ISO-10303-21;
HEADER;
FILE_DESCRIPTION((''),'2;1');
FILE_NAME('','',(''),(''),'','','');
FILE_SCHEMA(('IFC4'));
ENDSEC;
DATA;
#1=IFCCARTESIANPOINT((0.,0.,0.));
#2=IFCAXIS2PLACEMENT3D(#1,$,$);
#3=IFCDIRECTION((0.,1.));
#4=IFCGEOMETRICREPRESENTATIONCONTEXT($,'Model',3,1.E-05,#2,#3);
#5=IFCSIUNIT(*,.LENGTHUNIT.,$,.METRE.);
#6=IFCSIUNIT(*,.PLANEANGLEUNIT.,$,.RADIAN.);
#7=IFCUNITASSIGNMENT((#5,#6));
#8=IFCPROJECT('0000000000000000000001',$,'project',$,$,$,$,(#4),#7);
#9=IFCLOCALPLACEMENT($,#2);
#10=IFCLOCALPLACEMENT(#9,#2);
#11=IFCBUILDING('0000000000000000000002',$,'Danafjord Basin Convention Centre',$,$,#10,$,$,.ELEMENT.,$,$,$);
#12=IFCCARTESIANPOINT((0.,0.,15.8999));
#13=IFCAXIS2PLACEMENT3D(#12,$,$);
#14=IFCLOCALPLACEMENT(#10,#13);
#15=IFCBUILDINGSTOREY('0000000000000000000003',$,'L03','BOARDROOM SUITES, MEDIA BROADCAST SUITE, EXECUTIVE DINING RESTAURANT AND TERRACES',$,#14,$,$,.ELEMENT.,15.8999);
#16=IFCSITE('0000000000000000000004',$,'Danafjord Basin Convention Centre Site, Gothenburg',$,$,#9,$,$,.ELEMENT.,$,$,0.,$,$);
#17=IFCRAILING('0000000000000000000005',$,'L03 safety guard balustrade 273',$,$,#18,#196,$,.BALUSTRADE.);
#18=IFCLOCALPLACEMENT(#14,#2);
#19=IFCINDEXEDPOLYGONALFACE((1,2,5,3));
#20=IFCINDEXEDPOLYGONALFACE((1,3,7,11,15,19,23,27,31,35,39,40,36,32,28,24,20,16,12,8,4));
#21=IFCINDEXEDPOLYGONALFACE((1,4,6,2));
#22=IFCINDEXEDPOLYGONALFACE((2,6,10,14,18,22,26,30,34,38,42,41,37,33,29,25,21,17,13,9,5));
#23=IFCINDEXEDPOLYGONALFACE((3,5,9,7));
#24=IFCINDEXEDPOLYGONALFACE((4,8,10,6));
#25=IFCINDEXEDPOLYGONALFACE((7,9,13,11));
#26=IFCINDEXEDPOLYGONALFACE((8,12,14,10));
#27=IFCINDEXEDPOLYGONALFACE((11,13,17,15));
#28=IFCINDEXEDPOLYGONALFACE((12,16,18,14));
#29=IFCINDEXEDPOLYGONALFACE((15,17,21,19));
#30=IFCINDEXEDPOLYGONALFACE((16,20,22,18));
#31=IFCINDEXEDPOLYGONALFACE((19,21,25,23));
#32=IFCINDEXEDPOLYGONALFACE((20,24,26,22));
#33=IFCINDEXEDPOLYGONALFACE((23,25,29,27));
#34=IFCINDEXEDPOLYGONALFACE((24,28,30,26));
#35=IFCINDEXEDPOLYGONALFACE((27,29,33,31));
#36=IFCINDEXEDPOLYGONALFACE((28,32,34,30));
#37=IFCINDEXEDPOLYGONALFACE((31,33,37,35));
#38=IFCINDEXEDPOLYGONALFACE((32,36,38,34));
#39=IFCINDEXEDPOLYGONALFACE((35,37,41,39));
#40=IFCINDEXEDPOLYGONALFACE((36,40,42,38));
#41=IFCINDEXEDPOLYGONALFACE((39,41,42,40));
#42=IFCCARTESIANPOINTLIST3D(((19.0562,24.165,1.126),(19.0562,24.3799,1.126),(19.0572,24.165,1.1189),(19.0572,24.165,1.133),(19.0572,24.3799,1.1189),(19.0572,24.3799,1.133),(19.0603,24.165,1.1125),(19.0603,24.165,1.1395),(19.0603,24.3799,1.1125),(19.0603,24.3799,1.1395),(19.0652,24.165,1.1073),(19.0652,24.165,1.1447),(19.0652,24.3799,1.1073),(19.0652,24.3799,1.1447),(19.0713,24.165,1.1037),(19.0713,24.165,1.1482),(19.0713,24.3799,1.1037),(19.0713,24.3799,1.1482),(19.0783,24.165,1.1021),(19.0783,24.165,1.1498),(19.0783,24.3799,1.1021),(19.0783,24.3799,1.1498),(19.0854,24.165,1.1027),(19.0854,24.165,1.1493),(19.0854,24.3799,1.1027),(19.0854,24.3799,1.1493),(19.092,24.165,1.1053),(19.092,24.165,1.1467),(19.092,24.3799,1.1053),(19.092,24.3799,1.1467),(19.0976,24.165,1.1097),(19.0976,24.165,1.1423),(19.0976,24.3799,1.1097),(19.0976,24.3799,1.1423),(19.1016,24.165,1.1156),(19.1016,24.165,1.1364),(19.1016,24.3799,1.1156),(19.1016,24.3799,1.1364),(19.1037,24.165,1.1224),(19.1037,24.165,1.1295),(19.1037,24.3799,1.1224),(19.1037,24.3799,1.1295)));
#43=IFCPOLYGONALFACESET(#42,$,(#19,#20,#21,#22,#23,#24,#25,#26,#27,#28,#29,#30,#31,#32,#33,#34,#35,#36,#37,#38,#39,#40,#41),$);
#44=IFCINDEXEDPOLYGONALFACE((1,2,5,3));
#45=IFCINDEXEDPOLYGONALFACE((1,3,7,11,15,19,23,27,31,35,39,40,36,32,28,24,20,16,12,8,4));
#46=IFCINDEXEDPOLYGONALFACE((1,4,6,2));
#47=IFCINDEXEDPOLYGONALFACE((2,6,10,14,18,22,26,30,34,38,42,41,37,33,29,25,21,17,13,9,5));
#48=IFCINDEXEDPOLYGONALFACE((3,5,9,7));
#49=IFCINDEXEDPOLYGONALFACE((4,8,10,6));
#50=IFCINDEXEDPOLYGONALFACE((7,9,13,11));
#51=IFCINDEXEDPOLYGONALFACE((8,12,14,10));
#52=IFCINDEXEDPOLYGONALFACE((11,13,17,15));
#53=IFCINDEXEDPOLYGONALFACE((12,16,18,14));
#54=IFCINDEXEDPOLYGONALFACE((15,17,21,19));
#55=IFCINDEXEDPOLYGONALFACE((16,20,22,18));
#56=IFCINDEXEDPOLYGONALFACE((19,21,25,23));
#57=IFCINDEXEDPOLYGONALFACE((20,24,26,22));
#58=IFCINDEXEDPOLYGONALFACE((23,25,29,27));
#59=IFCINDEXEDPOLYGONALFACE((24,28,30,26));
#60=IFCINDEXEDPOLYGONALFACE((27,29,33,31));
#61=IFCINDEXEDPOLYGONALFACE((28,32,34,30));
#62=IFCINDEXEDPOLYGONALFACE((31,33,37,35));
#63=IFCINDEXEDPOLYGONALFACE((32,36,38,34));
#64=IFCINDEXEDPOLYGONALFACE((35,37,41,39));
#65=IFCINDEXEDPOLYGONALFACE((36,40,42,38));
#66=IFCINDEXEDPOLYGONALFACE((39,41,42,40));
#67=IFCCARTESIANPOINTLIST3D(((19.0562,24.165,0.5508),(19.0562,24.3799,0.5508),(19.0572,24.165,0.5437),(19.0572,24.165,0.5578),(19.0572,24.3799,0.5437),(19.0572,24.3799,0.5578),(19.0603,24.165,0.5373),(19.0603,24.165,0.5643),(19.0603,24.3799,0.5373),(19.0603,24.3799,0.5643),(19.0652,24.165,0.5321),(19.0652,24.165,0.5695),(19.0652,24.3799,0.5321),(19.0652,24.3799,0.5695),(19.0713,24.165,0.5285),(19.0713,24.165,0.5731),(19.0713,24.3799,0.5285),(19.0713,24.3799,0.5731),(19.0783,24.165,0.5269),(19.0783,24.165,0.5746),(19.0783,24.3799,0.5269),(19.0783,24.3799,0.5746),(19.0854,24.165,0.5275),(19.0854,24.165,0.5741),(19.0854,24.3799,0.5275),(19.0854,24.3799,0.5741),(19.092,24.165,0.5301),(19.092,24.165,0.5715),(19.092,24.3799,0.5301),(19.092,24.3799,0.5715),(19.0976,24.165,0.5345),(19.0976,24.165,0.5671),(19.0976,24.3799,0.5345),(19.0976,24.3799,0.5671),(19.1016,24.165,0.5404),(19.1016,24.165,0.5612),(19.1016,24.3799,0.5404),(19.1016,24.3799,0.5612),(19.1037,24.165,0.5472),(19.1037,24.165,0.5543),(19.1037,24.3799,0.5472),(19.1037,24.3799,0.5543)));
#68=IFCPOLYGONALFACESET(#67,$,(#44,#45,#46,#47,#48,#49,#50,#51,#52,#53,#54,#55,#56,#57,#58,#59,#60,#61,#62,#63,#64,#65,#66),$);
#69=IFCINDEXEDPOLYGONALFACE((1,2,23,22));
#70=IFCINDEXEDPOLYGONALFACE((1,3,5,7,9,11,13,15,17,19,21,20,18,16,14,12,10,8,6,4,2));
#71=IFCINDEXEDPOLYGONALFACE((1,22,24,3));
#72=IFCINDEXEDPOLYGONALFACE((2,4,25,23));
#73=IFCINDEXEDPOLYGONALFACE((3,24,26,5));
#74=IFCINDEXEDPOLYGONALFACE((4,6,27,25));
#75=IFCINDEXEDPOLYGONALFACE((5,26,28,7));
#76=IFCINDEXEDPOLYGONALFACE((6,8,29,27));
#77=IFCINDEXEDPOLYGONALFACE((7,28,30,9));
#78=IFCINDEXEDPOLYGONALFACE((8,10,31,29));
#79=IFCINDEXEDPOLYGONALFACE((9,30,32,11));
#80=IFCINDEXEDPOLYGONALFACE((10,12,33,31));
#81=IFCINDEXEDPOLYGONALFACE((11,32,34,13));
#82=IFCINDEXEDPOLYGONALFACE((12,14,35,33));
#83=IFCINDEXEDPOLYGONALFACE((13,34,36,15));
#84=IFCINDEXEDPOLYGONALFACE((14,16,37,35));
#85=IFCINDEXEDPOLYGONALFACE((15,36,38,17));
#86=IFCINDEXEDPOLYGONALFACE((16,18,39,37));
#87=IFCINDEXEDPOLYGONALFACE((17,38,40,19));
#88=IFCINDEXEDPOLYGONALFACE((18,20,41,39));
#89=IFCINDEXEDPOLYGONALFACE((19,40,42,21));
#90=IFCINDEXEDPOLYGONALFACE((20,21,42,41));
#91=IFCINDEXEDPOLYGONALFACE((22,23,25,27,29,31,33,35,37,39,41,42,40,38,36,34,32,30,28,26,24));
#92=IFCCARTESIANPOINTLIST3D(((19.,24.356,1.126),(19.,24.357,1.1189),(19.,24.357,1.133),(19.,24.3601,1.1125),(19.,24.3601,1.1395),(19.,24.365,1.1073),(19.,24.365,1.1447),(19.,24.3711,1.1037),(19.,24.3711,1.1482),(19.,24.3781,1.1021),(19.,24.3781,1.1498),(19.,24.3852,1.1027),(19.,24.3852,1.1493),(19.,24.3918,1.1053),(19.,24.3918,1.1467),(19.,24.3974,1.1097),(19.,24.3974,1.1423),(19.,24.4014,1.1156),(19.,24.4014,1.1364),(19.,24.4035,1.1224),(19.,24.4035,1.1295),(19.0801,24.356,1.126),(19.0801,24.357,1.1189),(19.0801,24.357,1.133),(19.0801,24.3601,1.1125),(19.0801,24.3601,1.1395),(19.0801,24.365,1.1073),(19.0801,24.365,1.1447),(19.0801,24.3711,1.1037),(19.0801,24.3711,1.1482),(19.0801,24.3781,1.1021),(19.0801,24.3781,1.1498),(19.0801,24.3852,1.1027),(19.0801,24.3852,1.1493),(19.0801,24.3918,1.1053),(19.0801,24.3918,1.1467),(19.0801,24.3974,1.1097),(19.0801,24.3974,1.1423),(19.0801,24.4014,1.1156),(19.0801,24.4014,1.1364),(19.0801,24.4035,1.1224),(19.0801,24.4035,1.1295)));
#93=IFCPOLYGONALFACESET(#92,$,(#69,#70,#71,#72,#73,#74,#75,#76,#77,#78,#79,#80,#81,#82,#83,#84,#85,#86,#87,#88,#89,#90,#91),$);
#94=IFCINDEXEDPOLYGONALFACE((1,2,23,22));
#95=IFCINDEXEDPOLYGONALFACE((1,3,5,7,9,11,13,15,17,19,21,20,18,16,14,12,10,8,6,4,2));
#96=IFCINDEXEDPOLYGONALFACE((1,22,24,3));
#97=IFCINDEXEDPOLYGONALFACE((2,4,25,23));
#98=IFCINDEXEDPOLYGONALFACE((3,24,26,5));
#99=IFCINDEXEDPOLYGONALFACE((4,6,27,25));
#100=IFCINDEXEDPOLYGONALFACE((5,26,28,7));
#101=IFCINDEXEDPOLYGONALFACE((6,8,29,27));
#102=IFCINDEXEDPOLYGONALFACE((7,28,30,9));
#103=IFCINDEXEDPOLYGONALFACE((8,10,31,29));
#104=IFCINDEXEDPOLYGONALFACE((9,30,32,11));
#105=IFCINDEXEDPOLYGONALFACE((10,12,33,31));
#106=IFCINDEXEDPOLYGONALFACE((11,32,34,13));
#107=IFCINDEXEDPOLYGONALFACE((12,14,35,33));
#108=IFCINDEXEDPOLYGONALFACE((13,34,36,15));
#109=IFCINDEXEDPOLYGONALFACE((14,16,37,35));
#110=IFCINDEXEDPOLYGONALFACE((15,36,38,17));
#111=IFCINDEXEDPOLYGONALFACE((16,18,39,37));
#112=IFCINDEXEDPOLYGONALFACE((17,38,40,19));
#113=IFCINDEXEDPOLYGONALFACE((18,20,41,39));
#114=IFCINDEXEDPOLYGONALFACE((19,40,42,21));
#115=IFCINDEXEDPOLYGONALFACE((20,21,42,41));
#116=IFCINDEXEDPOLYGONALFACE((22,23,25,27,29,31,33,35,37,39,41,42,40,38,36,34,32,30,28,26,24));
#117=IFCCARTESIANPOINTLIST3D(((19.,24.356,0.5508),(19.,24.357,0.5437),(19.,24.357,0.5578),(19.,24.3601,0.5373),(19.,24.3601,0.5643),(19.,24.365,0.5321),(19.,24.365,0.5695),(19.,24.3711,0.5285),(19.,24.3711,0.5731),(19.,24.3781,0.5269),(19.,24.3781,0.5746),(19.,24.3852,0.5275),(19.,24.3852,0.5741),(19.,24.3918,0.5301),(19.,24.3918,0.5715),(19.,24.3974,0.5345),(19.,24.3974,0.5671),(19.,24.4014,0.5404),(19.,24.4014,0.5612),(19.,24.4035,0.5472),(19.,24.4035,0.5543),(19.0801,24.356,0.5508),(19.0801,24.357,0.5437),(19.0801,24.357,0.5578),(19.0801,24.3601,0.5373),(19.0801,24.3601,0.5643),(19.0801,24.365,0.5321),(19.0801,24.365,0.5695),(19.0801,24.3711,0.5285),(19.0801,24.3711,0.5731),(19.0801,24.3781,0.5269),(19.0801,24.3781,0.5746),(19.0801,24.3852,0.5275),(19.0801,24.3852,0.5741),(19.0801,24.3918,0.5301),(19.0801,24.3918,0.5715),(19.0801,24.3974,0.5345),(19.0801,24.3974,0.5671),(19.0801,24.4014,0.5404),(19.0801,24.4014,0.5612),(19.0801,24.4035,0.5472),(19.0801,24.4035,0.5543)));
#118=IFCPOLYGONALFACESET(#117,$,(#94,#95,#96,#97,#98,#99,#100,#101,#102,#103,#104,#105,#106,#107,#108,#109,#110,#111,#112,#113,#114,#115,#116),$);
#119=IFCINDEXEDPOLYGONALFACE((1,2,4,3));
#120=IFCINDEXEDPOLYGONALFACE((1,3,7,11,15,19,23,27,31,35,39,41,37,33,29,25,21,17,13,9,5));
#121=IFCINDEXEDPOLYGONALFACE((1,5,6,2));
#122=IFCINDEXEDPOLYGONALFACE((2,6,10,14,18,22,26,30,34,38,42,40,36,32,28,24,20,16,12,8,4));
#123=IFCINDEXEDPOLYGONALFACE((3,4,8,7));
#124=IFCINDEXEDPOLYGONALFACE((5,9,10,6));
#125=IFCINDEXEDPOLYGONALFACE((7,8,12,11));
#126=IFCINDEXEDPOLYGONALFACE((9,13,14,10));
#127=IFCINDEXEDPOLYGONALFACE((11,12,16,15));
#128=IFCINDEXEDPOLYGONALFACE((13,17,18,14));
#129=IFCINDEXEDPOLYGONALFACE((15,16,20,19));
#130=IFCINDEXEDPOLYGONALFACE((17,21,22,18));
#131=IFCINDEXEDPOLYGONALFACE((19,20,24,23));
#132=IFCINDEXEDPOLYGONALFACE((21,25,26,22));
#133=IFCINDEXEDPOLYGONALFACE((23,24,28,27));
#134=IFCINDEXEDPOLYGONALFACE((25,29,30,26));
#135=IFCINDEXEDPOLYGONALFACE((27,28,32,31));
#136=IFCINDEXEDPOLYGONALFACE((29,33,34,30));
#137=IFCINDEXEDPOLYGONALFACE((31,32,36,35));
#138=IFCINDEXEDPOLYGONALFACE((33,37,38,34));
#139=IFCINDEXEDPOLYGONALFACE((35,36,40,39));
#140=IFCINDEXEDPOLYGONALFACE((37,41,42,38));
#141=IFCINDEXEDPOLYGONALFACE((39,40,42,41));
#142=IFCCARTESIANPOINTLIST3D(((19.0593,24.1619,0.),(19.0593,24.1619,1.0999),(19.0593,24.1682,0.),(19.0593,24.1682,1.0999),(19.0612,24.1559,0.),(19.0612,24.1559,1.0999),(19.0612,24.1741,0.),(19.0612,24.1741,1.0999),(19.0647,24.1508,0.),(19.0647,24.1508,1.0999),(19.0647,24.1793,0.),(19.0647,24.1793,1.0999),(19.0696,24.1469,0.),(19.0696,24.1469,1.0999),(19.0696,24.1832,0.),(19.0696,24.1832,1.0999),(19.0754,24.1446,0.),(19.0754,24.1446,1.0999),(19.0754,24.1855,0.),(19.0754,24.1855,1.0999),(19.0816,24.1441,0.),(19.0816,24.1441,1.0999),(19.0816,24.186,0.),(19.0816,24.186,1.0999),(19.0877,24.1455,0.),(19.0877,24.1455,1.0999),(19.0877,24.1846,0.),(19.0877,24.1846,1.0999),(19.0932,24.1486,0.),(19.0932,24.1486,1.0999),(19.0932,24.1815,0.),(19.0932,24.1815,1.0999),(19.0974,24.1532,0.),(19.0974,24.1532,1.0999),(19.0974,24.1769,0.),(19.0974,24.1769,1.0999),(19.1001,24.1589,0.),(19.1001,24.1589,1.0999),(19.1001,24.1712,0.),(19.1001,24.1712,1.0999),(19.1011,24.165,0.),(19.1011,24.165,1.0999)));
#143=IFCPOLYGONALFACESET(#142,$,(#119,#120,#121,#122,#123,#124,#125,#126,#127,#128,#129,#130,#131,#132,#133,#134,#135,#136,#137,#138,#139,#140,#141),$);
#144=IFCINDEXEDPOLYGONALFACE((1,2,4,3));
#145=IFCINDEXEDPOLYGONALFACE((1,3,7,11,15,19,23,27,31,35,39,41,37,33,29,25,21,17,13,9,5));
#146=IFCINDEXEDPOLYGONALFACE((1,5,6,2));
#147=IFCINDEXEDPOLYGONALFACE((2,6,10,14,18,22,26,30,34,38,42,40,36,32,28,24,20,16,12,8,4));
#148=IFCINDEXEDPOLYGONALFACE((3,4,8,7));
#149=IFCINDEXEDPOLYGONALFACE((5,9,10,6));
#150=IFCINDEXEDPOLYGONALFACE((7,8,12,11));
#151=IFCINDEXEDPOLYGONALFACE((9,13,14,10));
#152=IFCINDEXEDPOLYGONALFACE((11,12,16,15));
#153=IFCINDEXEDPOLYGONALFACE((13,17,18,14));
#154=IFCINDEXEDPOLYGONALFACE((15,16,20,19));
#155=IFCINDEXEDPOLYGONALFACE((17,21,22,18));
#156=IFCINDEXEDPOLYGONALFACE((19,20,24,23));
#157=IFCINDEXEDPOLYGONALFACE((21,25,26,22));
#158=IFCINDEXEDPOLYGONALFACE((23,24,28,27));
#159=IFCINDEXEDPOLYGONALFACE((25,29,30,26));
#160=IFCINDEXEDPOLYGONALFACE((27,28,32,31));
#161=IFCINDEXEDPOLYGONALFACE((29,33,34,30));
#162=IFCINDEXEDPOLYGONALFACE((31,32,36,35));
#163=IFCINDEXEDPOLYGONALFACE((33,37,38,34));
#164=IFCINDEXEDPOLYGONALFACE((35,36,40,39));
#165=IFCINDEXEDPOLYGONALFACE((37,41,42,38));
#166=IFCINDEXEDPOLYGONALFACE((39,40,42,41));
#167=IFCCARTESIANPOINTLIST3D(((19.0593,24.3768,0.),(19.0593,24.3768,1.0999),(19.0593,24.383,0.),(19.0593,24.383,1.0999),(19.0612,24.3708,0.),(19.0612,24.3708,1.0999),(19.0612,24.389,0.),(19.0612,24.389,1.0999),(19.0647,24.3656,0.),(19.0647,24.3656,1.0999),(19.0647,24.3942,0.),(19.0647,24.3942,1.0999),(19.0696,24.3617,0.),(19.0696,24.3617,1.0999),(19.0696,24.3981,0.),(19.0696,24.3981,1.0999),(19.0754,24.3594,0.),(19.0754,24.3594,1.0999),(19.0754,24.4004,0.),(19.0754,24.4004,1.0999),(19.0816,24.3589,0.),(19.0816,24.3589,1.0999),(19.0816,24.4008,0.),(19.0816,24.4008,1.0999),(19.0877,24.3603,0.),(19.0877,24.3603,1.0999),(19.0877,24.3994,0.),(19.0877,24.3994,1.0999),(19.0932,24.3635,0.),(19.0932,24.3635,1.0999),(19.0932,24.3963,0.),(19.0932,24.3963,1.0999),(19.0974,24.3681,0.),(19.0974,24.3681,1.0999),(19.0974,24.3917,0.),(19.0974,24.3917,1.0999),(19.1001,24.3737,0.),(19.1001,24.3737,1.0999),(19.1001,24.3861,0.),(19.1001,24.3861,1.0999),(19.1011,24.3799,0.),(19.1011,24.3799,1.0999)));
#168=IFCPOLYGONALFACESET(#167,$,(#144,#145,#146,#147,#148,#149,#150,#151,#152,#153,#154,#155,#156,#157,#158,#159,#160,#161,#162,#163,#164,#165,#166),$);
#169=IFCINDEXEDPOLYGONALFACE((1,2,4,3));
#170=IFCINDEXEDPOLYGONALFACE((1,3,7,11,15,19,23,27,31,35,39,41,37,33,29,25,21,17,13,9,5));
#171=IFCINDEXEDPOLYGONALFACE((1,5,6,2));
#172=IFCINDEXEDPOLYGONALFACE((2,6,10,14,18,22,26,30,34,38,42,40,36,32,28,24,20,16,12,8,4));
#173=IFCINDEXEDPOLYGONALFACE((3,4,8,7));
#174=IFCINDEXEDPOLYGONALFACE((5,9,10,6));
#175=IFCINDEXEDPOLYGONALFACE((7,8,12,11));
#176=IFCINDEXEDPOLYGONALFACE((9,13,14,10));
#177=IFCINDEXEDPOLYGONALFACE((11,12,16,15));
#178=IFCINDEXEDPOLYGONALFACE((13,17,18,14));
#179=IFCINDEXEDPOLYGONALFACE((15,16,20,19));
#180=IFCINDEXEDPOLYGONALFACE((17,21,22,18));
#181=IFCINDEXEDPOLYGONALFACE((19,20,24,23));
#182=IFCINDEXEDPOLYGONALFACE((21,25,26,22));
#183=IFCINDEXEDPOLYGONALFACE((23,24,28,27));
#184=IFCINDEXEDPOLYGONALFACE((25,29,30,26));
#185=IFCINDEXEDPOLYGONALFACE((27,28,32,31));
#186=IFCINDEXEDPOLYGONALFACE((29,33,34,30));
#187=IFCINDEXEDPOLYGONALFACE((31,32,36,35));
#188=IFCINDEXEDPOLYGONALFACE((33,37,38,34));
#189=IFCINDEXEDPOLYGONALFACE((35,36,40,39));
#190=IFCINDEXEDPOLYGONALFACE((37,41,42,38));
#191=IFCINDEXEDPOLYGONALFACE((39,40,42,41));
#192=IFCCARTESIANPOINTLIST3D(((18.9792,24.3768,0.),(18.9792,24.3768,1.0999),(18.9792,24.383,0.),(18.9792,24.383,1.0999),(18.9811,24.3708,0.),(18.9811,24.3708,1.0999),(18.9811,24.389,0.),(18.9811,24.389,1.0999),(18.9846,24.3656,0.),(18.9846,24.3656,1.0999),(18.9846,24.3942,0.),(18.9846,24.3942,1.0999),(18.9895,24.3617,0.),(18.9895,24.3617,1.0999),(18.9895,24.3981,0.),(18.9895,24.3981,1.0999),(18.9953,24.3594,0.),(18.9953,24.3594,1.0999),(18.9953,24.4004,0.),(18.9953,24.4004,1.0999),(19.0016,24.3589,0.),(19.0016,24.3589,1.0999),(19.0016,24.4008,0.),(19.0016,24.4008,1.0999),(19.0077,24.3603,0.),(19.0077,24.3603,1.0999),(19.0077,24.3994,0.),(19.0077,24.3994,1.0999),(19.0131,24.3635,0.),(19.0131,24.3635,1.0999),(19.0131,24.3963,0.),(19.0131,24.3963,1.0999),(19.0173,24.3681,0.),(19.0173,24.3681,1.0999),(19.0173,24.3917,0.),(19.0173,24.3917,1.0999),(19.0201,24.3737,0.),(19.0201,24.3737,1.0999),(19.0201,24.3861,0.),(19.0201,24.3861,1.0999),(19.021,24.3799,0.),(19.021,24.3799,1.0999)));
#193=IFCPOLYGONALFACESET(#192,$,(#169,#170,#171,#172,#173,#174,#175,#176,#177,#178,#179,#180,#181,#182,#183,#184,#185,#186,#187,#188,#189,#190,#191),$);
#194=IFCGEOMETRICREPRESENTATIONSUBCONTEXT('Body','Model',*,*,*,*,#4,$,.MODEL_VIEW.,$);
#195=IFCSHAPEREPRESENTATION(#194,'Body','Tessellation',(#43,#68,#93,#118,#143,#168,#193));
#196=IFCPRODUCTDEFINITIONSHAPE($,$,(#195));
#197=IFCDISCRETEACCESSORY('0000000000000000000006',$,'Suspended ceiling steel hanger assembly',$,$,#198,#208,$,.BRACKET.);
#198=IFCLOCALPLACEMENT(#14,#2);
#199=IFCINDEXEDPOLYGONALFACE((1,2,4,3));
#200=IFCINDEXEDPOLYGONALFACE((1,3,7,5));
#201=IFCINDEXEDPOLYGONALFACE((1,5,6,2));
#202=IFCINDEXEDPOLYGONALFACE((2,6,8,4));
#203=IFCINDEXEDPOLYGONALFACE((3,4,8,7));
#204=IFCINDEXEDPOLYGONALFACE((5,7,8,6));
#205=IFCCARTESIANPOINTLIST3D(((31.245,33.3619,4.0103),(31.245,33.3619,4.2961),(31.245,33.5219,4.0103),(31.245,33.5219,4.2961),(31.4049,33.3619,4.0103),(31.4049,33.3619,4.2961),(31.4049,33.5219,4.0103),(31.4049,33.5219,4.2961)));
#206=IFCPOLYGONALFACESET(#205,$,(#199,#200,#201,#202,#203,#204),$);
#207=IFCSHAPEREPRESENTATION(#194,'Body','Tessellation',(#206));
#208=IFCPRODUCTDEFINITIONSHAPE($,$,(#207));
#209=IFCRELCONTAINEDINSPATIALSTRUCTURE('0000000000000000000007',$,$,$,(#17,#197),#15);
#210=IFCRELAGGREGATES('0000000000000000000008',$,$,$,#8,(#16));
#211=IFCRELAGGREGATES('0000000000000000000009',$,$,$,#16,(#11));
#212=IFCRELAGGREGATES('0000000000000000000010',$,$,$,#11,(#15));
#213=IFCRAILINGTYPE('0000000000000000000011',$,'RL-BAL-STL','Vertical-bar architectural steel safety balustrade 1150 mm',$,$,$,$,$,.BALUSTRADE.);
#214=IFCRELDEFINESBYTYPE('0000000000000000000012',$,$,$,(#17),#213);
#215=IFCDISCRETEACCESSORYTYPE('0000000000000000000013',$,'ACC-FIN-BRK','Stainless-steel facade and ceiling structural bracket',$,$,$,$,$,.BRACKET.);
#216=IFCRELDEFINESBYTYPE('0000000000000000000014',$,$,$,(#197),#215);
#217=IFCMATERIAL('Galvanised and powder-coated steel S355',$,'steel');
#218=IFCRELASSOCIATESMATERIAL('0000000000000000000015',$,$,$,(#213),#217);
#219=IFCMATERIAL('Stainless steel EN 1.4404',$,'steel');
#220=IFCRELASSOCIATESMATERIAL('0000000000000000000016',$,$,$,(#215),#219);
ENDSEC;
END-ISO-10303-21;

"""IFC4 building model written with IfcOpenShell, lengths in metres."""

from ifc_helpers import new_model, si_unit, direction, frame, origin, origin_2d, place, context, subcontext, project, spatial, rectangle, circle, extrude, material, type_object, element, save


model = new_model("IFC4")

# Units and contexts
model_context = context("Model", 3, precision=1e-05, world=origin(), true_north=direction((0.0, 1.0)))
body_context = subcontext(model_context, "Body", "Model", "MODEL_VIEW")
ifc_project = project(units=[si_unit("LENGTHUNIT", "METRE"), si_unit("PLANEANGLEUNIT", "RADIAN")], contexts=[model_context])

# Site, building, storey
site_placement = place(None, origin())
site = spatial("IfcSite", under=ifc_project, at=site_placement, Name="Danafjord Basin Convention Centre Site, Gothenburg", CompositionType="ELEMENT", RefElevation=0.0)
building_placement = place(site_placement, origin())
building = spatial("IfcBuilding", under=site, at=building_placement, Name="Danafjord Basin Convention Centre", CompositionType="ELEMENT")
storey_placement = place(building_placement, frame((0.0, 0.0, 15.8999)))
storey = spatial("IfcBuildingStorey", under=building, at=storey_placement, Name="L03", Description="BOARDROOM SUITES, MEDIA BROADCAST SUITE, EXECUTIVE DINING RESTAURANT AND TERRACES", CompositionType="ELEMENT", Elevation=15.8999)

# Railing
ifc_material_1 = material(Name="Galvanised and powder-coated steel S355", Category="steel")
railing_type_1 = type_object("IfcRailingType", Name="RL-BAL-STL", Description="Vertical-bar architectural steel safety balustrade 1150 mm", PredefinedType="BALUSTRADE", material=ifc_material_1)
railing_1_placement = place(storey_placement, frame((19.0801, 24.165, 0.0)))
element("IfcRailing", 1, at=railing_1_placement, inside=storey, type_object=railing_type_1, Name="L03 safety guard balustrade 273", PredefinedType="BALUSTRADE", context=body_context, shape_type="SweptSolid", body=[
    extrude(circle(Radius=0.0239, at=origin_2d()), frame((0.0, 0.0, 1.126), z_axis=(0.0, 1.0, 0.0), x_axis=(-1.0, 0.0, 0.0)), (0.0, 0.0, 1.0), 0.2148),
    extrude(circle(Radius=0.0239, at=origin_2d()), frame((0.0, 0.0, 0.5508), z_axis=(0.0, 1.0, 0.0), x_axis=(-1.0, 0.0, 0.0)), (0.0, 0.0, 1.0), 0.2148),
    extrude(circle(Radius=0.0239, at=origin_2d()), frame((0.0, 0.2148, 1.126), z_axis=(-1.0, 0.0, 0.0), x_axis=(0.0, -1.0, 0.0)), (0.0, 0.0, 1.0), 0.0801),
    extrude(circle(Radius=0.0239, at=origin_2d()), frame((0.0, 0.2148, 0.5508), z_axis=(-1.0, 0.0, 0.0), x_axis=(0.0, -1.0, 0.0)), (0.0, 0.0, 1.0), 0.0801),
    extrude(circle(Radius=0.021, at=origin_2d()), origin(), (0.0, 0.0, 1.0), 1.0999),
    extrude(circle(Radius=0.021, at=origin_2d()), frame((0.0, 0.2148, 0.0)), (0.0, 0.0, 1.0), 1.0999),
    extrude(circle(Radius=0.021, at=origin_2d()), frame((-0.0801, 0.2148, 0.0)), (0.0, 0.0, 1.0), 1.0999),
])

# Discrete accessory
ifc_material_2 = material(Name="Stainless steel EN 1.4404", Category="steel")
discrete_accessory_type_1 = type_object("IfcDiscreteAccessoryType", Name="ACC-FIN-BRK", Description="Stainless-steel facade and ceiling structural bracket", PredefinedType="BRACKET", material=ifc_material_2)
discrete_accessory_placement = place(storey_placement, frame((31.325, 33.4419, 4.0103), z_axis=(0.0, 0.0, 1.0), x_axis=(1.0, 0.0, 0.0)))
element("IfcDiscreteAccessory", 2, at=discrete_accessory_placement, inside=storey, type_object=discrete_accessory_type_1, Name="Suspended ceiling steel hanger assembly", PredefinedType="BRACKET", context=body_context, shape_type="SweptSolid", body=[
    extrude(rectangle(XDim=0.1599, YDim=0.1599, at=origin_2d()), origin(), (0.0, 0.0, 1.0), 0.2859),
])

save(model, "model.ifc")
